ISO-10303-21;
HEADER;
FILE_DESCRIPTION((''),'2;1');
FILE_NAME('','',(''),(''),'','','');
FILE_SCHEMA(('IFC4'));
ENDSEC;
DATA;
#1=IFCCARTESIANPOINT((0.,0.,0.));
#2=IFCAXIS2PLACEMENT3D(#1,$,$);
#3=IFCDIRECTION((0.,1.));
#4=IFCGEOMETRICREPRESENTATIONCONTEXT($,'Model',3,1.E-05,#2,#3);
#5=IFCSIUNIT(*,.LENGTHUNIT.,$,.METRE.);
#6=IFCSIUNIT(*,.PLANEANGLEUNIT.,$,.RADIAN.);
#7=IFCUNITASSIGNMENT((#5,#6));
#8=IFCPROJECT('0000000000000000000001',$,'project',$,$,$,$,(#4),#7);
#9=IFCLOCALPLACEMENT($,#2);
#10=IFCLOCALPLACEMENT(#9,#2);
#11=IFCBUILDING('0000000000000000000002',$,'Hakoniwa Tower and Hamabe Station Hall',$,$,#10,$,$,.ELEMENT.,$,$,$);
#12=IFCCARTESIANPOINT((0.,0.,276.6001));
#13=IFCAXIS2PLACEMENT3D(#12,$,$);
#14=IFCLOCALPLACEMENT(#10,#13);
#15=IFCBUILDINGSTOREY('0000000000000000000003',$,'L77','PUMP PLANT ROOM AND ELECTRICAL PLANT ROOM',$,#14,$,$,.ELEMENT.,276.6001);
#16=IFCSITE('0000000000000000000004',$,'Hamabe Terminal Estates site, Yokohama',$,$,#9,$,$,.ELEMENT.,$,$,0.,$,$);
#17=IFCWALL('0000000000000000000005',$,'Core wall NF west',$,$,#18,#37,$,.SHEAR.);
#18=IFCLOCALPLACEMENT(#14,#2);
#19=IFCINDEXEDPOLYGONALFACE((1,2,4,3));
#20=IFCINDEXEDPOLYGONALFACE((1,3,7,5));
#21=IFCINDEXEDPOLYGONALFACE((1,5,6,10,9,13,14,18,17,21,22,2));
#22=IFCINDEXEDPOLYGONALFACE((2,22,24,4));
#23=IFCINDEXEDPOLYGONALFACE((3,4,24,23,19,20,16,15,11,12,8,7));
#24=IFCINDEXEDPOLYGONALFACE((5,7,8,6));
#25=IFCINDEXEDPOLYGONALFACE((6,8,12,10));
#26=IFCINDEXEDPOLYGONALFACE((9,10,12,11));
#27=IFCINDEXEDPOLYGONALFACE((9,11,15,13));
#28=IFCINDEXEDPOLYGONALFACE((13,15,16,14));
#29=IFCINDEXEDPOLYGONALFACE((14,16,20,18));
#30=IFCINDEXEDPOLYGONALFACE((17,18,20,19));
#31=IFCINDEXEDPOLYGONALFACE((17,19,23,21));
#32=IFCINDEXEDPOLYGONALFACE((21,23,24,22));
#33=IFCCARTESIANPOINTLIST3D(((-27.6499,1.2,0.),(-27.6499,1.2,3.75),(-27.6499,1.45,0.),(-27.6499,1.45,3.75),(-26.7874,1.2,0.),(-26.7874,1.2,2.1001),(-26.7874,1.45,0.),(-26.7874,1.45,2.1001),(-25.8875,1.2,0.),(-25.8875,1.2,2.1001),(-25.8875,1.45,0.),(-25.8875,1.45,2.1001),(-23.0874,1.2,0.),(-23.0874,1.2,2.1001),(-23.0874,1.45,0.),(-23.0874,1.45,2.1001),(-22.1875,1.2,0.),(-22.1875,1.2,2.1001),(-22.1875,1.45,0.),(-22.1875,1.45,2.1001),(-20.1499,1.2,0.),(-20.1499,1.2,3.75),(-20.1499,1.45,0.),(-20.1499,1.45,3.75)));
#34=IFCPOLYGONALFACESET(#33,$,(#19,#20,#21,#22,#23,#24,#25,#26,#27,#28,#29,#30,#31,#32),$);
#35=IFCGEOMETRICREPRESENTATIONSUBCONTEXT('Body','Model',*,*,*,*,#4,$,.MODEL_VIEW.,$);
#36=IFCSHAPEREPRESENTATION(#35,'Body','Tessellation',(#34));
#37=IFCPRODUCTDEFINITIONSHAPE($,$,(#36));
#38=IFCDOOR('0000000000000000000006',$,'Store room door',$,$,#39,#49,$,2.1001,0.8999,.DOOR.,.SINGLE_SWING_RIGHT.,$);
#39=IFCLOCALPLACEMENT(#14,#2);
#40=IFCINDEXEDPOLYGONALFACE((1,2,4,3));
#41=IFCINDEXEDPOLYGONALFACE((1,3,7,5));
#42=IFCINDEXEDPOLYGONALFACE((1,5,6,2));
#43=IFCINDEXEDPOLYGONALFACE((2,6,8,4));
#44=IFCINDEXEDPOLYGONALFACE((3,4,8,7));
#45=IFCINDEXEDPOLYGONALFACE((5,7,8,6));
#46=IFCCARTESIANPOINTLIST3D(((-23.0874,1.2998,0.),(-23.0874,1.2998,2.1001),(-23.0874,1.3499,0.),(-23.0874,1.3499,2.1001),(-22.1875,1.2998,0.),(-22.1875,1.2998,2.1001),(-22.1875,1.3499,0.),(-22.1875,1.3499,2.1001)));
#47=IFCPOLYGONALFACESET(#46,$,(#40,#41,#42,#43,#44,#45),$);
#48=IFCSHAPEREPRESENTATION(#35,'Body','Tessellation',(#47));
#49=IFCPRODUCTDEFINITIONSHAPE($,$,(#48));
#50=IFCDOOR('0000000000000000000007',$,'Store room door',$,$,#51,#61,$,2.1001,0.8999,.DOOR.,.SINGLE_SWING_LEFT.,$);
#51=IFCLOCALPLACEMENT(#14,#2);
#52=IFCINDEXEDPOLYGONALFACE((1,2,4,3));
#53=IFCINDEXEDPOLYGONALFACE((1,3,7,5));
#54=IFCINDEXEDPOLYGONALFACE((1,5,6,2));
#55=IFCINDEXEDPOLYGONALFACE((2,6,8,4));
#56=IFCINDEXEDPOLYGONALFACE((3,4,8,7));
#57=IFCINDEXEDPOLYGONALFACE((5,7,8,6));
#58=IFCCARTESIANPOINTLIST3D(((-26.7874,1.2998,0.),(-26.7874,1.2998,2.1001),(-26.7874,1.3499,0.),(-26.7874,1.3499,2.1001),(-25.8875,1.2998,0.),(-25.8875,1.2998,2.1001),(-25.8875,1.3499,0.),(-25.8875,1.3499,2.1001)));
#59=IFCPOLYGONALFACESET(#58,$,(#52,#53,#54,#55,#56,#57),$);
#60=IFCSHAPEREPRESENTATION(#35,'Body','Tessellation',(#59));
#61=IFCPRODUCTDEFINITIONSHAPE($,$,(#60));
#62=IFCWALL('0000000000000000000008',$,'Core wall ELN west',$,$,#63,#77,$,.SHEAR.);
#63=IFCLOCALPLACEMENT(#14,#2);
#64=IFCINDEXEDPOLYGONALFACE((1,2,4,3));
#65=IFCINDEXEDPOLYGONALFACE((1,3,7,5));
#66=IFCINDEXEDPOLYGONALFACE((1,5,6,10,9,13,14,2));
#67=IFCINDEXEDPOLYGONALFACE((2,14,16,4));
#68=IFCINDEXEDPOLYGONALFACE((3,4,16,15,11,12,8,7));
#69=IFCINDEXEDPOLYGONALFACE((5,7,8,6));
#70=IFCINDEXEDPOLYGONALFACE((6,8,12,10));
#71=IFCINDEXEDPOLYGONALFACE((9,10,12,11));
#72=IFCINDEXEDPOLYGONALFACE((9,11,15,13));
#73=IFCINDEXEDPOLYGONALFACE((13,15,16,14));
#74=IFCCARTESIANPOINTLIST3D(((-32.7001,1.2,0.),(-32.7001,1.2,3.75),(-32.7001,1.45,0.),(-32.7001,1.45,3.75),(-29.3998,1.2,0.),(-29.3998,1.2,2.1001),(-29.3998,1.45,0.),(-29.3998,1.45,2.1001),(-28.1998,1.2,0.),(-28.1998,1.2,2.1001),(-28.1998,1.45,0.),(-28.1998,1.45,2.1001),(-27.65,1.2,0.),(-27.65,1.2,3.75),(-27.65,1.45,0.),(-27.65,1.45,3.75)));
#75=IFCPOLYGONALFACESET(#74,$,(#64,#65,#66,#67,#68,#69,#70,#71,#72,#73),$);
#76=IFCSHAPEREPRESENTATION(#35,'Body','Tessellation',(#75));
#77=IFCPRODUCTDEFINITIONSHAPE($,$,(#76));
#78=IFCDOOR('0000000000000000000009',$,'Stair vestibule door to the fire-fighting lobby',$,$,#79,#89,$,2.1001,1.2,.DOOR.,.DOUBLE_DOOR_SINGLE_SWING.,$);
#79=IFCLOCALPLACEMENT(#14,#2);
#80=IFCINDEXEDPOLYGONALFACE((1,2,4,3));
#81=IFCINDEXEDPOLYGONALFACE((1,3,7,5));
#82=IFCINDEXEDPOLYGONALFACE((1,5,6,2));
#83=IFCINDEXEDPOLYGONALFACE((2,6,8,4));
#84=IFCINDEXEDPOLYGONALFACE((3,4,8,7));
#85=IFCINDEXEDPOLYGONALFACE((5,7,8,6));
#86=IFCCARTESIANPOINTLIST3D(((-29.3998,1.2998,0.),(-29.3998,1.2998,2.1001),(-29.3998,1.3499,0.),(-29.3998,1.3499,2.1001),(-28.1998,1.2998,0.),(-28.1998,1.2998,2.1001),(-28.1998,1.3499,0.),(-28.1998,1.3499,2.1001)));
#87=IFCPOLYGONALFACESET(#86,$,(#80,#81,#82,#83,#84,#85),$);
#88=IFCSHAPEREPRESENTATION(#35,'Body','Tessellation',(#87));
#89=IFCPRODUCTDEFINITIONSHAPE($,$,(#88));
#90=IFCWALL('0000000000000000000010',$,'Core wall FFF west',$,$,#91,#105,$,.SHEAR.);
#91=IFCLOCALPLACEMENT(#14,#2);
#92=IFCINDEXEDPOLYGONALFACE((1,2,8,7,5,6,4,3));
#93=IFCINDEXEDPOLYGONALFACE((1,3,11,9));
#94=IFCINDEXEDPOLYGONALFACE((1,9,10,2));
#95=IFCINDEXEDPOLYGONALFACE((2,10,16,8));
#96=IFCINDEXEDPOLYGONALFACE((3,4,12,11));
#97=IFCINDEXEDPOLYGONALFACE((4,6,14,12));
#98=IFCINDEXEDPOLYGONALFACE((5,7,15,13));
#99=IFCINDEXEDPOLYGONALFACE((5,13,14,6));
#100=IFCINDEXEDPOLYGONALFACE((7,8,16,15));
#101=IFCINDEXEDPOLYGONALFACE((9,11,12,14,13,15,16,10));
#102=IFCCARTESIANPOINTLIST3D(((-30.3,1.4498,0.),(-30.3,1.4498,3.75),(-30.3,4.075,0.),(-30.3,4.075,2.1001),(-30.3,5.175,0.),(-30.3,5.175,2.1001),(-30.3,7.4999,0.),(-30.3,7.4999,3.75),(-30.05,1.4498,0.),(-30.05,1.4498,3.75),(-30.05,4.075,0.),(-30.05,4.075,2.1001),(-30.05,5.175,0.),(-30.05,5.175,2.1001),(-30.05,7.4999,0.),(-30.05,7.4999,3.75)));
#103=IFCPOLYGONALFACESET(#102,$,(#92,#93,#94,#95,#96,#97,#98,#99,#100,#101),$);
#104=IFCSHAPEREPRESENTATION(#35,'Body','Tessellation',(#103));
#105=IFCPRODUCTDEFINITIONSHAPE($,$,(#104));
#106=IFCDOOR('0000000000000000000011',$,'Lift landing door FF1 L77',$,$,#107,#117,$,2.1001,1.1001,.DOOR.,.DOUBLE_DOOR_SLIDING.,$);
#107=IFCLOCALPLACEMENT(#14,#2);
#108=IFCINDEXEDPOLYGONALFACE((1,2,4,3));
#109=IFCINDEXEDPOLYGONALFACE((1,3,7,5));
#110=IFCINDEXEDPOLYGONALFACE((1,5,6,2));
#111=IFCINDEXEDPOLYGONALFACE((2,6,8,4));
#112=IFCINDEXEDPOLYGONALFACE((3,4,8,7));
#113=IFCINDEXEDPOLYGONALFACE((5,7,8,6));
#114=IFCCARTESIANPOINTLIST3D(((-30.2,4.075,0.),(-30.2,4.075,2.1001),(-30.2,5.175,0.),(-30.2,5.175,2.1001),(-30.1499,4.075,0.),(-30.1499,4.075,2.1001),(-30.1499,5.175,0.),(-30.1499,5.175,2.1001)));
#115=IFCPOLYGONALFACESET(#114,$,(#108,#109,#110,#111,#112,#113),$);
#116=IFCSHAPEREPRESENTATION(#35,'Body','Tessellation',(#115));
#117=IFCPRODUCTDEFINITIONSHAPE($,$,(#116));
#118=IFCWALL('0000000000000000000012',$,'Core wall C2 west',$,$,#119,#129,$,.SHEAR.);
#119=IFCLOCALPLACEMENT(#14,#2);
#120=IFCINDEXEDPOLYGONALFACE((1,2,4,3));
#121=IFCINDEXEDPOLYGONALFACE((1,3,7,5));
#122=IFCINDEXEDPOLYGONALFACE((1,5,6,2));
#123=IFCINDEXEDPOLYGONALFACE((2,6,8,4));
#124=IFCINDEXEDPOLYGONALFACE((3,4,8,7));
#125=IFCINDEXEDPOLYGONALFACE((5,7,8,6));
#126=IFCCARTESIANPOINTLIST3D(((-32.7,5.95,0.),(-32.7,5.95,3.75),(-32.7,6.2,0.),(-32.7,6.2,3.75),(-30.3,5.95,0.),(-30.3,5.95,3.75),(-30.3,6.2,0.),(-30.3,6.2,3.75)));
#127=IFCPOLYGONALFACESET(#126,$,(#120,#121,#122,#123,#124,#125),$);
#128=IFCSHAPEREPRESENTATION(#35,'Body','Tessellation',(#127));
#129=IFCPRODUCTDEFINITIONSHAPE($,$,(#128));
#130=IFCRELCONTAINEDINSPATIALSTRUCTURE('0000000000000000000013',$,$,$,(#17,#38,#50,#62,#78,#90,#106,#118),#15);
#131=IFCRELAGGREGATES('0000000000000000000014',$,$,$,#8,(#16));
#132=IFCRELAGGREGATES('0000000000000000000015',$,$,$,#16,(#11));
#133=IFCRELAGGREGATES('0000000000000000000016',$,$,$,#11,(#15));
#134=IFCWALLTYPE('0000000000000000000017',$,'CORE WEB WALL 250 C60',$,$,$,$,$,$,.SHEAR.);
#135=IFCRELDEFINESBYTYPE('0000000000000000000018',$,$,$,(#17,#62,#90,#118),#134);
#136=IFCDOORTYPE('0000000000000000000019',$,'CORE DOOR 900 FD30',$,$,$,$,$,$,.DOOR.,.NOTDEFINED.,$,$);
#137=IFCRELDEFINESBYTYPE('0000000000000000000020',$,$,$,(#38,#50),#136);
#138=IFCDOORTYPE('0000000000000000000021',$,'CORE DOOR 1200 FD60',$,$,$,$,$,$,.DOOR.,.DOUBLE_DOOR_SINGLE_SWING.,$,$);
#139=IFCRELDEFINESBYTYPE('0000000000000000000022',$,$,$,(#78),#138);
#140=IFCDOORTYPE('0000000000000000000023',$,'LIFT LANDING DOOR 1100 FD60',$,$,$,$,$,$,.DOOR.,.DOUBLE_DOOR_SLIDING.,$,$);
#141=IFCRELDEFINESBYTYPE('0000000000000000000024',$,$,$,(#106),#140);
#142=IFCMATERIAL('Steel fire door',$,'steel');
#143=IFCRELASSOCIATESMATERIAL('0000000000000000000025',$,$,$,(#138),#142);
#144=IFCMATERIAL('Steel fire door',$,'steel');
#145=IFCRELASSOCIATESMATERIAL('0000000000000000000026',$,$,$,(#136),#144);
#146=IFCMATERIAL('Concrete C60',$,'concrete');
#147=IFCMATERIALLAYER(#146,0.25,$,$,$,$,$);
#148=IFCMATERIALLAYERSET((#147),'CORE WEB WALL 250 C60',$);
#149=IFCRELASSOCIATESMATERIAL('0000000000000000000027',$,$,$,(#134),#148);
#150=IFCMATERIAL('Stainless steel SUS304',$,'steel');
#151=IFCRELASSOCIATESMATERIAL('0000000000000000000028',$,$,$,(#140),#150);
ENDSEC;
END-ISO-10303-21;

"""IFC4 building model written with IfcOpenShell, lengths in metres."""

from ifc_helpers import new_model, si_unit, direction, frame, frame_2d, origin, place, context, subcontext, project, spatial, rectangle, extrude, material, layer, layer_set, type_object, element, fill, save


model = new_model("IFC4")

# Units and contexts
model_context = context("Model", 3, precision=1e-05, world=origin(), true_north=direction((0.0, 1.0)))
body_context = subcontext(model_context, "Body", "Model", "MODEL_VIEW")
ifc_project = project(units=[si_unit("LENGTHUNIT", "METRE"), si_unit("PLANEANGLEUNIT", "RADIAN")], contexts=[model_context])

# Site, building, storey
site_placement = place(None, origin())
site = spatial("IfcSite", under=ifc_project, at=site_placement, Name="Hamabe Terminal Estates site, Yokohama", CompositionType="ELEMENT", RefElevation=0.0)
building_placement = place(site_placement, origin())
building = spatial("IfcBuilding", under=site, at=building_placement, Name="Hakoniwa Tower and Hamabe Station Hall", CompositionType="ELEMENT")
storey_placement = place(building_placement, frame((0.0, 0.0, 276.6001)))
storey = spatial("IfcBuildingStorey", under=building, at=storey_placement, Name="L77", Description="PUMP PLANT ROOM AND ELECTRICAL PLANT ROOM", CompositionType="ELEMENT", Elevation=276.6001)

# Shared definitions
ifc_material_1 = material(Name="Steel fire door", Category="steel")
door_type_1 = type_object("IfcDoorType", Name="CORE DOOR 1200 FD60", OperationType="DOUBLE_DOOR_SINGLE_SWING", PredefinedType="DOOR", material=ifc_material_1)
ifc_material_2 = material(Name="Steel fire door", Category="steel")
door_type_2 = type_object("IfcDoorType", Name="CORE DOOR 900 FD30", OperationType="NOTDEFINED", PredefinedType="DOOR", material=ifc_material_2)

# Wall, openings, doors
ifc_material_3 = material(Name="Concrete C60", Category="concrete")
ifc_layer_1 = layer(ifc_material_3, 0.25)
ifc_layer_set_1 = layer_set([ifc_layer_1], Name="CORE WEB WALL 250 C60")
wall_type_1 = type_object("IfcWallType", Name="CORE WEB WALL 250 C60", PredefinedType="SHEAR", material=ifc_layer_set_1)
wall_1_placement = place(storey_placement, frame((-27.6499, 1.325, 0.0), z_axis=(0.0, 0.0, 1.0), x_axis=(1.0, 0.0, 0.0)))
wall_1 = element("IfcWall", 1, at=wall_1_placement, inside=storey, type_object=wall_type_1, Name="Core wall NF west", PredefinedType="SHEAR", context=body_context, shape_type="SweptSolid", body=[
    extrude(rectangle(XDim=7.5, YDim=0.25, at=frame_2d((3.75, 0.0))), origin(), (0.0, 0.0, 1.0), 3.75),
])
opening_1_placement = place(wall_1_placement, frame((4.5625, 0.0, 0.0)))
opening_1 = element("IfcOpeningElement", 2, at=opening_1_placement, cuts=wall_1, PredefinedType="OPENING", context=body_context, shape_type="SweptSolid", body=[
    extrude(rectangle(XDim=0.8999, YDim=2.1001, at=frame_2d((0.45, 1.05))), frame((0.0, 0.135, 0.0), z_axis=(0.0, -1.0, 0.0), x_axis=(1.0, 0.0, 0.0)), (0.0, 0.0, 1.0), 0.27),
])
opening_2_placement = place(wall_1_placement, frame((0.8625, 0.0, 0.0)))
opening_2 = element("IfcOpeningElement", 3, at=opening_2_placement, cuts=wall_1, PredefinedType="OPENING", context=body_context, shape_type="SweptSolid", body=[
    extrude(rectangle(XDim=0.8999, YDim=2.1001, at=frame_2d((0.45, 1.05))), frame((0.0, 0.135, 0.0), z_axis=(0.0, -1.0, 0.0), x_axis=(1.0, 0.0, 0.0)), (0.0, 0.0, 1.0), 0.27),
])
door_1_placement = place(opening_1_placement, origin())
door_1 = element("IfcDoor", 4, at=door_1_placement, inside=storey, type_object=door_type_2, Name="Store room door", OperationType="SINGLE_SWING_RIGHT", OverallHeight=2.1001, OverallWidth=0.8999, PredefinedType="DOOR", context=body_context, shape_type="SweptSolid", body=[
    extrude(rectangle(XDim=0.8999, YDim=2.1001, at=frame_2d((0.45, 1.05))), frame((0.0, 0.0249, 0.0), z_axis=(0.0, -1.0, 0.0), x_axis=(1.0, 0.0, 0.0)), (0.0, 0.0, 1.0), 0.05),
])
fill(opening_1, door_1)
door_2_placement = place(opening_2_placement, origin())
door_2 = element("IfcDoor", 5, at=door_2_placement, inside=storey, type_object=door_type_2, Name="Store room door", OperationType="SINGLE_SWING_LEFT", OverallHeight=2.1001, OverallWidth=0.8999, PredefinedType="DOOR", context=body_context, shape_type="SweptSolid", body=[
    extrude(rectangle(XDim=0.8999, YDim=2.1001, at=frame_2d((0.45, 1.05))), frame((0.0, 0.0249, 0.0), z_axis=(0.0, -1.0, 0.0), x_axis=(1.0, 0.0, 0.0)), (0.0, 0.0, 1.0), 0.05),
])
fill(opening_2, door_2)

# Walls, openings, doors
wall_2_placement = place(storey_placement, frame((-32.7, 1.325, 0.0), z_axis=(0.0, 0.0, 1.0), x_axis=(1.0, 0.0, 0.0)))
wall_2 = element("IfcWall", 6, at=wall_2_placement, inside=storey, type_object=wall_type_1, Name="Core wall ELN west", PredefinedType="SHEAR", context=body_context, shape_type="SweptSolid", body=[
    extrude(rectangle(XDim=5.05, YDim=0.25, at=frame_2d((2.5249, 0.0))), origin(), (0.0, 0.0, 1.0), 3.75),
])
opening_3_placement = place(wall_2_placement, frame((3.3, 0.0, 0.0)))
opening_3 = element("IfcOpeningElement", 7, at=opening_3_placement, cuts=wall_2, PredefinedType="OPENING", context=body_context, shape_type="SweptSolid", body=[
    extrude(rectangle(XDim=1.2, YDim=2.1001, at=frame_2d((0.6001, 1.05))), frame((0.0, 0.135, 0.0), z_axis=(0.0, -1.0, 0.0), x_axis=(1.0, 0.0, 0.0)), (0.0, 0.0, 1.0), 0.27),
])
door_3_placement = place(opening_3_placement, origin())
door_3 = element("IfcDoor", 8, at=door_3_placement, inside=storey, type_object=door_type_1, Name="Stair vestibule door to the fire-fighting lobby", OperationType="DOUBLE_DOOR_SINGLE_SWING", OverallHeight=2.1001, OverallWidth=1.2, PredefinedType="DOOR", context=body_context, shape_type="SweptSolid", body=[
    extrude(rectangle(XDim=1.2, YDim=2.1001, at=frame_2d((0.6001, 1.05))), frame((0.0, 0.0249, 0.0), z_axis=(0.0, -1.0, 0.0), x_axis=(1.0, 0.0, 0.0)), (0.0, 0.0, 1.0), 0.05),
])
fill(opening_3, door_3)
wall_3_placement = place(storey_placement, frame((-30.175, 1.45, 0.0), z_axis=(0.0, 0.0, 1.0), x_axis=(0.0, 1.0, 0.0)))
wall_3 = element("IfcWall", 9, at=wall_3_placement, inside=storey, type_object=wall_type_1, Name="Core wall FFF west", PredefinedType="SHEAR", context=body_context, shape_type="SweptSolid", body=[
    extrude(rectangle(XDim=6.05, YDim=0.25, at=frame_2d((3.0249, 0.0))), origin(), (0.0, 0.0, 1.0), 3.75),
])
opening_4_placement = place(wall_3_placement, frame((2.625, 0.0, 0.0)))
opening_4 = element("IfcOpeningElement", 10, at=opening_4_placement, cuts=wall_3, PredefinedType="OPENING", context=body_context, shape_type="SweptSolid", body=[
    extrude(rectangle(XDim=1.1001, YDim=2.1001, at=frame_2d((0.55, 1.05))), frame((0.0, 0.135, 0.0), z_axis=(0.0, -1.0, 0.0), x_axis=(1.0, 0.0, 0.0)), (0.0, 0.0, 1.0), 0.27),
])
ifc_material_4 = material(Name="Stainless steel SUS304", Category="steel")
door_type_3 = type_object("IfcDoorType", Name="LIFT LANDING DOOR 1100 FD60", OperationType="DOUBLE_DOOR_SLIDING", PredefinedType="DOOR", material=ifc_material_4)
door_4_placement = place(opening_4_placement, origin())
door_4 = element("IfcDoor", 11, at=door_4_placement, inside=storey, type_object=door_type_3, Name="Lift landing door FF1 L77", OperationType="DOUBLE_DOOR_SLIDING", OverallHeight=2.1001, OverallWidth=1.1001, PredefinedType="DOOR", context=body_context, shape_type="SweptSolid", body=[
    extrude(rectangle(XDim=1.1001, YDim=2.1001, at=frame_2d((0.55, 1.05))), frame((0.0, 0.0249, 0.0), z_axis=(0.0, -1.0, 0.0), x_axis=(1.0, 0.0, 0.0)), (0.0, 0.0, 1.0), 0.05),
])
fill(opening_4, door_4)

# Wall
wall_4_placement = place(storey_placement, frame((-32.7, 6.075, 0.0), z_axis=(0.0, 0.0, 1.0), x_axis=(1.0, 0.0, 0.0)))
element("IfcWall", 12, at=wall_4_placement, inside=storey, type_object=wall_type_1, Name="Core wall C2 west", PredefinedType="SHEAR", context=body_context, shape_type="SweptSolid", body=[
    extrude(rectangle(XDim=2.3999, YDim=0.25, at=frame_2d((1.2, 0.0))), origin(), (0.0, 0.0, 1.0), 3.75),
])

save(model, "model.ifc")
